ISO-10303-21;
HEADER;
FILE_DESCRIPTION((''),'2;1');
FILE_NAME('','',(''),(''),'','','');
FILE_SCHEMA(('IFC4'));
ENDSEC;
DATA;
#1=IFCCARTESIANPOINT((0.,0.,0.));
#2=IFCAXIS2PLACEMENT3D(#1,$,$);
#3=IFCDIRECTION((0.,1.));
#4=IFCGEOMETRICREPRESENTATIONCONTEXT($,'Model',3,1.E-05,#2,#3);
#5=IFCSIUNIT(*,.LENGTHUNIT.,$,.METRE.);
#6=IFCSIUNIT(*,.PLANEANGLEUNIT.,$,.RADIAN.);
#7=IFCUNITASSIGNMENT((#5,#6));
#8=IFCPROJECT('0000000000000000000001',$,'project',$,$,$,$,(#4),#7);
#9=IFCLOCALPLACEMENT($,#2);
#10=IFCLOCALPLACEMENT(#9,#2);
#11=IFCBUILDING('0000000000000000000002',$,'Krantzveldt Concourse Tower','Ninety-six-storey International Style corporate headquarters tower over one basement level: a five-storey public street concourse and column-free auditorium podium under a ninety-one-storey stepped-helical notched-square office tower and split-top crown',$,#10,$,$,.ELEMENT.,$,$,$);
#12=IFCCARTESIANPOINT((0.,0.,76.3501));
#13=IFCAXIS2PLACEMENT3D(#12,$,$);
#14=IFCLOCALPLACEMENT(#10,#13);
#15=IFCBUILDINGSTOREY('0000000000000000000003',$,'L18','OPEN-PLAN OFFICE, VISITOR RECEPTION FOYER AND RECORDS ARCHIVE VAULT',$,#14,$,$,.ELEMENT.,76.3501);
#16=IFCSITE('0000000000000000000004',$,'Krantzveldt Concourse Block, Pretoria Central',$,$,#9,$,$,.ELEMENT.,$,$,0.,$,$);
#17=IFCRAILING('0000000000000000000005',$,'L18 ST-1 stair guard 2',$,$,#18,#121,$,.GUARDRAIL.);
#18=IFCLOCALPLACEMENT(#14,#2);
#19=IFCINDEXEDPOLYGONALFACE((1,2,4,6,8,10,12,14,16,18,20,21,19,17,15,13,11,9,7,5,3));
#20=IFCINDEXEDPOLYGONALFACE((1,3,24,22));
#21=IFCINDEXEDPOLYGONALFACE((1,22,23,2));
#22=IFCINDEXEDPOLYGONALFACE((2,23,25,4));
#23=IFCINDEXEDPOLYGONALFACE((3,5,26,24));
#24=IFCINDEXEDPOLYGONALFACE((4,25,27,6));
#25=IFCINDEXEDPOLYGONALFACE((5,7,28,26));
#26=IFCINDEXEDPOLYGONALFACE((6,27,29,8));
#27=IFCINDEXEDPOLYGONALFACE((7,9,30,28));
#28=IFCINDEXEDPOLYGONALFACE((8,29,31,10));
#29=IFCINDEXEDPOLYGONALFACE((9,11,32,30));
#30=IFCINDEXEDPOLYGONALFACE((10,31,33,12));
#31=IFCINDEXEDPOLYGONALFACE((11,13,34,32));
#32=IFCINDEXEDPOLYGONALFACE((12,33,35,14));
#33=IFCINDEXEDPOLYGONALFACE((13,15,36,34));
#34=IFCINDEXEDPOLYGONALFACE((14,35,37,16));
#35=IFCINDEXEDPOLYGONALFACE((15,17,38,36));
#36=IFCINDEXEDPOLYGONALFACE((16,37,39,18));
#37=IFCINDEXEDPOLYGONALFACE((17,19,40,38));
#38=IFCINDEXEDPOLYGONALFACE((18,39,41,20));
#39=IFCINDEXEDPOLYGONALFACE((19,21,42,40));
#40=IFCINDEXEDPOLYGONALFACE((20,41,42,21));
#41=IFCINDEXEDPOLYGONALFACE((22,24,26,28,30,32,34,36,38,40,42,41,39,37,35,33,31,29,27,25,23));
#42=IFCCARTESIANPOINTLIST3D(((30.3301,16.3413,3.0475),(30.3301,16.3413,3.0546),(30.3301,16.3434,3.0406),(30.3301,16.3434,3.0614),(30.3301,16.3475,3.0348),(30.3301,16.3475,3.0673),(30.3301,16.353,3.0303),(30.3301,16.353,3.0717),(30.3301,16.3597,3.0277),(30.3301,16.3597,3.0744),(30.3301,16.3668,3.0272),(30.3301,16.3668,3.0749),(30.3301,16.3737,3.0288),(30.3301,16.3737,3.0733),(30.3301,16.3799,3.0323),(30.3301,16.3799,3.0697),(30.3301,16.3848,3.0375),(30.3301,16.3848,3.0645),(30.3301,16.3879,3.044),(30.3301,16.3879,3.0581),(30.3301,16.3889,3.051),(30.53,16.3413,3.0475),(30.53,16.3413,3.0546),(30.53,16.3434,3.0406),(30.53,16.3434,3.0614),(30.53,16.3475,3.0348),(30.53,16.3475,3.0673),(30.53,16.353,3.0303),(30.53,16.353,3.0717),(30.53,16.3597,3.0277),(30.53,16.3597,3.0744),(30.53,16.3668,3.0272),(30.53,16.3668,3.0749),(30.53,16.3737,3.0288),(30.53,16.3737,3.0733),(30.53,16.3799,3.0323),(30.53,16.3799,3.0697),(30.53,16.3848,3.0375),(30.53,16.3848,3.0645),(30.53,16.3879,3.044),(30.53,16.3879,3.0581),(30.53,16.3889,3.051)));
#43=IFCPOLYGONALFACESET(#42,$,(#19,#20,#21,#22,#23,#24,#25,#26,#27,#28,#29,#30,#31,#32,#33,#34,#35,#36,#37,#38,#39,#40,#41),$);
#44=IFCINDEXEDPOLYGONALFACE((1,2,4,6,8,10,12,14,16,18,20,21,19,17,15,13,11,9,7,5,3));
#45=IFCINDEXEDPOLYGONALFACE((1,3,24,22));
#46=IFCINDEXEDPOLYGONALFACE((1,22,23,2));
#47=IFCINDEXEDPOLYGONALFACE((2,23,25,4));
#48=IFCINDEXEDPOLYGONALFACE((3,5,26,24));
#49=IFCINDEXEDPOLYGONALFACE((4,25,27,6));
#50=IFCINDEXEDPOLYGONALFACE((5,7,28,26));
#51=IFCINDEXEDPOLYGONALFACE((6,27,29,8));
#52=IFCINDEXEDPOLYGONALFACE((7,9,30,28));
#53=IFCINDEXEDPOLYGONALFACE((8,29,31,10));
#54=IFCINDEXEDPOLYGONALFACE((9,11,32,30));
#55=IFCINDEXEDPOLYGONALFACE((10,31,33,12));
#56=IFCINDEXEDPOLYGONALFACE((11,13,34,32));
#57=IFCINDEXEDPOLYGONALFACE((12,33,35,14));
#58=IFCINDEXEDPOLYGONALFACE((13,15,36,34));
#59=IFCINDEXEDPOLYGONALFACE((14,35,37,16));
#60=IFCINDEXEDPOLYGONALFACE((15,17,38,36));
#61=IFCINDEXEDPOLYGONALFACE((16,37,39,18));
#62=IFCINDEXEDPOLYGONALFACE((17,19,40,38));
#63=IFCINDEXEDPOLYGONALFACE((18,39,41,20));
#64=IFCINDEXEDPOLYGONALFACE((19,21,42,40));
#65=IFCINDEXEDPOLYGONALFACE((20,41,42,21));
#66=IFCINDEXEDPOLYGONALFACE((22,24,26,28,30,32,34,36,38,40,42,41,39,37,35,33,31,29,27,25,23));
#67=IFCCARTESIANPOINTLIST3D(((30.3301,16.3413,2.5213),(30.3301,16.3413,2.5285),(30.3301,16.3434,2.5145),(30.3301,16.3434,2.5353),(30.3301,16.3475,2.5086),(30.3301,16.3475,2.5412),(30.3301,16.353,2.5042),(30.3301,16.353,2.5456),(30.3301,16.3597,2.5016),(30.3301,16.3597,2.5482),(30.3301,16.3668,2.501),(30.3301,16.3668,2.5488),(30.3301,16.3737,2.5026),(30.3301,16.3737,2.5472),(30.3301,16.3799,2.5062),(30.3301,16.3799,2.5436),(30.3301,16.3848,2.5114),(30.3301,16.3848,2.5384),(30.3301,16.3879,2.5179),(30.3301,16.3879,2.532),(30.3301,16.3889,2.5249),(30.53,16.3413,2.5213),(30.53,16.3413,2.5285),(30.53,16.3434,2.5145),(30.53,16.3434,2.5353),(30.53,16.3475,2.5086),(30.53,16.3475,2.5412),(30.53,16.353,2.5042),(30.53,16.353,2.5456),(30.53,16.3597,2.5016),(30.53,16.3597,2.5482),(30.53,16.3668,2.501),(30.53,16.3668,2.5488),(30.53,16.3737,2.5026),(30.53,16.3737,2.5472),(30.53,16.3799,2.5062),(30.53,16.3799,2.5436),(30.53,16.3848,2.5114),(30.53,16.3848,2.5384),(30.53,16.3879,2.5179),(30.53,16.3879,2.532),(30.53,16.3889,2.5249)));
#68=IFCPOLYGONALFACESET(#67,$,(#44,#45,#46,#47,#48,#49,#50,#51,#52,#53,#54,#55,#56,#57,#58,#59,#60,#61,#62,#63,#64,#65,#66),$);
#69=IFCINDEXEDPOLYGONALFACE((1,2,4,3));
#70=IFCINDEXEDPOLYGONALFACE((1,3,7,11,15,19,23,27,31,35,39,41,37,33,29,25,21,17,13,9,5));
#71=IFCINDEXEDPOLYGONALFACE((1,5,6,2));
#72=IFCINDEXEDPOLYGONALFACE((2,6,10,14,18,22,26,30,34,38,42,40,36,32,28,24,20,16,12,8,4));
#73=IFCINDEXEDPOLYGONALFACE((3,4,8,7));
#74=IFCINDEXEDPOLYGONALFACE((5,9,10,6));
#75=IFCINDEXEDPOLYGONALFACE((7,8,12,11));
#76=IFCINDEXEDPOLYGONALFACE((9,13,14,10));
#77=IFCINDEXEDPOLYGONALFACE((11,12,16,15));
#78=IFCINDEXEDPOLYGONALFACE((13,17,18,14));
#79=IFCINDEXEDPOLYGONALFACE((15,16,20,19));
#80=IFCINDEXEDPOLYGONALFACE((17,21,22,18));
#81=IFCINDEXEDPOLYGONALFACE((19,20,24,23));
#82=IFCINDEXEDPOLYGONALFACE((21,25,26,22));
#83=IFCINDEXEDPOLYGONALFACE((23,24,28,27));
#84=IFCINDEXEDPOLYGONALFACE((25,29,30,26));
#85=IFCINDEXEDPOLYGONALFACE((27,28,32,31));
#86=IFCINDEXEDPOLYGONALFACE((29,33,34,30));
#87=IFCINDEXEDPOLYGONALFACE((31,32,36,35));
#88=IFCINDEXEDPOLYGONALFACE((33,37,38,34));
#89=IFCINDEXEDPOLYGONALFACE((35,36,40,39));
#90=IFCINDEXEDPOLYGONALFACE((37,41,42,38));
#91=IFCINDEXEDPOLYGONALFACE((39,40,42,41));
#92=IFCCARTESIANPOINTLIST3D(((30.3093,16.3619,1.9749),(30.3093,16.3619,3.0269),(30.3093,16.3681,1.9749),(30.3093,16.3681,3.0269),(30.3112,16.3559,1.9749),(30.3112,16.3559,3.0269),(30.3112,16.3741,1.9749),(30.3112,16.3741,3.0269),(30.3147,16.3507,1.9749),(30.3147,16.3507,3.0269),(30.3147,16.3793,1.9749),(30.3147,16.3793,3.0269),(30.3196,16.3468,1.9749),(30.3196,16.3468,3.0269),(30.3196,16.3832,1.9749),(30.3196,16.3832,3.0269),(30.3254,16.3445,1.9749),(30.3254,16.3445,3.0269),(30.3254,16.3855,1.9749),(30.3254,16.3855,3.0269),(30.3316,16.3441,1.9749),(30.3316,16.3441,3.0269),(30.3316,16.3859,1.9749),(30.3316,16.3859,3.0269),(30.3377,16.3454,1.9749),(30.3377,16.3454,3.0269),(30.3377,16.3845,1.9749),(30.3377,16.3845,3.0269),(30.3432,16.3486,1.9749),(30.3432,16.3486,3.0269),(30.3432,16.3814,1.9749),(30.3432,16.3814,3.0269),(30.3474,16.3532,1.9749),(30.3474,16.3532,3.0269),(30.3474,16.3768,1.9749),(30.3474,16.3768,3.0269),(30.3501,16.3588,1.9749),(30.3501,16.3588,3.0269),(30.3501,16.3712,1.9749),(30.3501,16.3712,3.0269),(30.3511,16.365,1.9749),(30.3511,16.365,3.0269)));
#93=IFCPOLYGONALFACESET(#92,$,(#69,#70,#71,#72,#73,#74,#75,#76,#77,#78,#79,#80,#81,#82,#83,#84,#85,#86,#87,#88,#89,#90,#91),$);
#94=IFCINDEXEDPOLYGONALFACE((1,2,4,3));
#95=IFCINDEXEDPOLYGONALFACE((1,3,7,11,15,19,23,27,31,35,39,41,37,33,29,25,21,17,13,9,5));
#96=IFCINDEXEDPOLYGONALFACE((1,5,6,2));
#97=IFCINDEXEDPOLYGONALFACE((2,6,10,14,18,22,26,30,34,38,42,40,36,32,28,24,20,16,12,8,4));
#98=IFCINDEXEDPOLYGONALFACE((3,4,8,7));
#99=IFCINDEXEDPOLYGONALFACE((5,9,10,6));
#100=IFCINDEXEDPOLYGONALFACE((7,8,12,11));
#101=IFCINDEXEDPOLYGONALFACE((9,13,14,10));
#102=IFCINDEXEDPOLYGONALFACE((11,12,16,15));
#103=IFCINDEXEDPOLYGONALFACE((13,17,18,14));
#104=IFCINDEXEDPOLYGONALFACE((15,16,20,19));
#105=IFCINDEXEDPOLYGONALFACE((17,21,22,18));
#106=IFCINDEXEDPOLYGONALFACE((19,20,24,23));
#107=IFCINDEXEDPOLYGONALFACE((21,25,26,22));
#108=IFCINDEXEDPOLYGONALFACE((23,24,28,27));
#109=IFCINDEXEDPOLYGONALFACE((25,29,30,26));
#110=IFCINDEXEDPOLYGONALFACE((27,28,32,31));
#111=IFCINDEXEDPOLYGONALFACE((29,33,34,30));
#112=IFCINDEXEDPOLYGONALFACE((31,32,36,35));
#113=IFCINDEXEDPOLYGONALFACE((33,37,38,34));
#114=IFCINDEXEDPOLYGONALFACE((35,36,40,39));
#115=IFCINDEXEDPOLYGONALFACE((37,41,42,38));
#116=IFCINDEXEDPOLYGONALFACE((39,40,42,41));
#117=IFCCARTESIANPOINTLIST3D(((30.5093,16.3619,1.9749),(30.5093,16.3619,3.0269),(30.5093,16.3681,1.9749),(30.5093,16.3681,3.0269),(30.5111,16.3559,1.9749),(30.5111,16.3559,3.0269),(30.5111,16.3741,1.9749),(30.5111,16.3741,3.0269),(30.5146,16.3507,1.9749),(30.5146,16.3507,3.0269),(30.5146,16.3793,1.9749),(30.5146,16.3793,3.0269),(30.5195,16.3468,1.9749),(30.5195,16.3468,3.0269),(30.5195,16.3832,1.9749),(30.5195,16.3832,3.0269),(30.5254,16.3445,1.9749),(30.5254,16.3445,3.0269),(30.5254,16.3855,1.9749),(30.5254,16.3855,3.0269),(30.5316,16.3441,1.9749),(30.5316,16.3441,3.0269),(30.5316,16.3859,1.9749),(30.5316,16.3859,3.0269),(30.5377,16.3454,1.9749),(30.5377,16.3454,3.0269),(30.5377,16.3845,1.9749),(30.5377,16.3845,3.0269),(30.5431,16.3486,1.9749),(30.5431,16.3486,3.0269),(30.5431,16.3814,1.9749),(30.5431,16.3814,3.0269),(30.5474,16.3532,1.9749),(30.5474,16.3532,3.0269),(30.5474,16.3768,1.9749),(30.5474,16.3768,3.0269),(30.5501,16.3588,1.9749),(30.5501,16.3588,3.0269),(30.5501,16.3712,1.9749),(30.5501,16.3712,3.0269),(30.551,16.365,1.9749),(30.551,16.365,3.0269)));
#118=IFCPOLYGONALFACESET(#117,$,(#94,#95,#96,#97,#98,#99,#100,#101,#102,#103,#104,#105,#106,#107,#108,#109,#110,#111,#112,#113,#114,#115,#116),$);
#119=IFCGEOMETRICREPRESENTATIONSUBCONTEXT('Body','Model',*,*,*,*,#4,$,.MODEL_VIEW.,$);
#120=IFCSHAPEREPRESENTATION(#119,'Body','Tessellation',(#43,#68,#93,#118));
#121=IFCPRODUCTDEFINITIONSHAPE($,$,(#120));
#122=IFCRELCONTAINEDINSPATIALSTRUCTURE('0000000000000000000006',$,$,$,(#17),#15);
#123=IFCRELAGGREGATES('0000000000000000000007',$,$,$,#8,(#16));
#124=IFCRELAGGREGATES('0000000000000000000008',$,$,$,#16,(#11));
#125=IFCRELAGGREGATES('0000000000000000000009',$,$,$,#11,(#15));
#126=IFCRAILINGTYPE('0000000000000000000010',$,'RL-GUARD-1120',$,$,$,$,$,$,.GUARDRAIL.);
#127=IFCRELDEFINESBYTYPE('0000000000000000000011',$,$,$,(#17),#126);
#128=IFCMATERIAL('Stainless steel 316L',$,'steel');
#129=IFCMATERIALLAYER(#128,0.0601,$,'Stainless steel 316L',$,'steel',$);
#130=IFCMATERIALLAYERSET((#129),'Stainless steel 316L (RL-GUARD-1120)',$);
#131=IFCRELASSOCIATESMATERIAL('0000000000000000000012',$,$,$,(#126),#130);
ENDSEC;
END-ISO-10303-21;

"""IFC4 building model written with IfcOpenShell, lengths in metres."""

from ifc_helpers import new_model, si_unit, direction, frame, origin, origin_2d, place, context, subcontext, project, spatial, circle, extrude, material, layer, layer_set, type_object, element, save


model = new_model("IFC4")

# Units and contexts
model_context = context("Model", 3, precision=1e-05, world=origin(), true_north=direction((0.0, 1.0)))
body_context = subcontext(model_context, "Body", "Model", "MODEL_VIEW")
ifc_project = project(units=[si_unit("LENGTHUNIT", "METRE"), si_unit("PLANEANGLEUNIT", "RADIAN")], contexts=[model_context])

# Site, building, storey
site_placement = place(None, origin())
site = spatial("IfcSite", under=ifc_project, at=site_placement, Name="Krantzveldt Concourse Block, Pretoria Central", CompositionType="ELEMENT", RefElevation=0.0)
building_placement = place(site_placement, origin())
building = spatial("IfcBuilding", under=site, at=building_placement, Name="Krantzveldt Concourse Tower", Description="Ninety-six-storey International Style corporate headquarters tower over one basement level: a five-storey public street concourse and column-free auditorium podium under a ninety-one-storey stepped-helical notched-square office tower and split-top crown", CompositionType="ELEMENT")
storey_placement = place(building_placement, frame((0.0, 0.0, 76.3501)))
storey = spatial("IfcBuildingStorey", under=building, at=storey_placement, Name="L18", Description="OPEN-PLAN OFFICE, VISITOR RECEPTION FOYER AND RECORDS ARCHIVE VAULT", CompositionType="ELEMENT", Elevation=76.3501)

# Railing
ifc_material_1 = material(Name="Stainless steel 316L", Category="steel")
ifc_layer_1 = layer(ifc_material_1, 0.0601, Name="Stainless steel 316L", Category="steel")
ifc_layer_set_1 = layer_set([ifc_layer_1], Name="Stainless steel 316L (RL-GUARD-1120)")
railing_type_1 = type_object("IfcRailingType", Name="RL-GUARD-1120", PredefinedType="GUARDRAIL", material=ifc_layer_set_1)
railing_1_placement = place(storey_placement, frame((30.3301, 16.365, 1.9749)))
element("IfcRailing", 1, at=railing_1_placement, inside=storey, type_object=railing_type_1, Name="L18 ST-1 stair guard 2", PredefinedType="GUARDRAIL", context=body_context, shape_type="SweptSolid", body=[
    extrude(circle(Radius=0.0239, at=origin_2d()), frame((0.0, 0.0, 1.0762), z_axis=(1.0, 0.0, 0.0), x_axis=(0.0, 1.0, 0.0)), (0.0, 0.0, 1.0), 0.2),
    extrude(circle(Radius=0.0239, at=origin_2d()), frame((0.0, 0.0, 0.55), z_axis=(1.0, 0.0, 0.0), x_axis=(0.0, 1.0, 0.0)), (0.0, 0.0, 1.0), 0.2),
    extrude(circle(Radius=0.021, at=origin_2d()), origin(), (0.0, 0.0, 1.0), 1.052),
    extrude(circle(Radius=0.021, at=origin_2d()), frame((0.2, 0.0, 0.0)), (0.0, 0.0, 1.0), 1.052),
])

save(model, "model.ifc")
